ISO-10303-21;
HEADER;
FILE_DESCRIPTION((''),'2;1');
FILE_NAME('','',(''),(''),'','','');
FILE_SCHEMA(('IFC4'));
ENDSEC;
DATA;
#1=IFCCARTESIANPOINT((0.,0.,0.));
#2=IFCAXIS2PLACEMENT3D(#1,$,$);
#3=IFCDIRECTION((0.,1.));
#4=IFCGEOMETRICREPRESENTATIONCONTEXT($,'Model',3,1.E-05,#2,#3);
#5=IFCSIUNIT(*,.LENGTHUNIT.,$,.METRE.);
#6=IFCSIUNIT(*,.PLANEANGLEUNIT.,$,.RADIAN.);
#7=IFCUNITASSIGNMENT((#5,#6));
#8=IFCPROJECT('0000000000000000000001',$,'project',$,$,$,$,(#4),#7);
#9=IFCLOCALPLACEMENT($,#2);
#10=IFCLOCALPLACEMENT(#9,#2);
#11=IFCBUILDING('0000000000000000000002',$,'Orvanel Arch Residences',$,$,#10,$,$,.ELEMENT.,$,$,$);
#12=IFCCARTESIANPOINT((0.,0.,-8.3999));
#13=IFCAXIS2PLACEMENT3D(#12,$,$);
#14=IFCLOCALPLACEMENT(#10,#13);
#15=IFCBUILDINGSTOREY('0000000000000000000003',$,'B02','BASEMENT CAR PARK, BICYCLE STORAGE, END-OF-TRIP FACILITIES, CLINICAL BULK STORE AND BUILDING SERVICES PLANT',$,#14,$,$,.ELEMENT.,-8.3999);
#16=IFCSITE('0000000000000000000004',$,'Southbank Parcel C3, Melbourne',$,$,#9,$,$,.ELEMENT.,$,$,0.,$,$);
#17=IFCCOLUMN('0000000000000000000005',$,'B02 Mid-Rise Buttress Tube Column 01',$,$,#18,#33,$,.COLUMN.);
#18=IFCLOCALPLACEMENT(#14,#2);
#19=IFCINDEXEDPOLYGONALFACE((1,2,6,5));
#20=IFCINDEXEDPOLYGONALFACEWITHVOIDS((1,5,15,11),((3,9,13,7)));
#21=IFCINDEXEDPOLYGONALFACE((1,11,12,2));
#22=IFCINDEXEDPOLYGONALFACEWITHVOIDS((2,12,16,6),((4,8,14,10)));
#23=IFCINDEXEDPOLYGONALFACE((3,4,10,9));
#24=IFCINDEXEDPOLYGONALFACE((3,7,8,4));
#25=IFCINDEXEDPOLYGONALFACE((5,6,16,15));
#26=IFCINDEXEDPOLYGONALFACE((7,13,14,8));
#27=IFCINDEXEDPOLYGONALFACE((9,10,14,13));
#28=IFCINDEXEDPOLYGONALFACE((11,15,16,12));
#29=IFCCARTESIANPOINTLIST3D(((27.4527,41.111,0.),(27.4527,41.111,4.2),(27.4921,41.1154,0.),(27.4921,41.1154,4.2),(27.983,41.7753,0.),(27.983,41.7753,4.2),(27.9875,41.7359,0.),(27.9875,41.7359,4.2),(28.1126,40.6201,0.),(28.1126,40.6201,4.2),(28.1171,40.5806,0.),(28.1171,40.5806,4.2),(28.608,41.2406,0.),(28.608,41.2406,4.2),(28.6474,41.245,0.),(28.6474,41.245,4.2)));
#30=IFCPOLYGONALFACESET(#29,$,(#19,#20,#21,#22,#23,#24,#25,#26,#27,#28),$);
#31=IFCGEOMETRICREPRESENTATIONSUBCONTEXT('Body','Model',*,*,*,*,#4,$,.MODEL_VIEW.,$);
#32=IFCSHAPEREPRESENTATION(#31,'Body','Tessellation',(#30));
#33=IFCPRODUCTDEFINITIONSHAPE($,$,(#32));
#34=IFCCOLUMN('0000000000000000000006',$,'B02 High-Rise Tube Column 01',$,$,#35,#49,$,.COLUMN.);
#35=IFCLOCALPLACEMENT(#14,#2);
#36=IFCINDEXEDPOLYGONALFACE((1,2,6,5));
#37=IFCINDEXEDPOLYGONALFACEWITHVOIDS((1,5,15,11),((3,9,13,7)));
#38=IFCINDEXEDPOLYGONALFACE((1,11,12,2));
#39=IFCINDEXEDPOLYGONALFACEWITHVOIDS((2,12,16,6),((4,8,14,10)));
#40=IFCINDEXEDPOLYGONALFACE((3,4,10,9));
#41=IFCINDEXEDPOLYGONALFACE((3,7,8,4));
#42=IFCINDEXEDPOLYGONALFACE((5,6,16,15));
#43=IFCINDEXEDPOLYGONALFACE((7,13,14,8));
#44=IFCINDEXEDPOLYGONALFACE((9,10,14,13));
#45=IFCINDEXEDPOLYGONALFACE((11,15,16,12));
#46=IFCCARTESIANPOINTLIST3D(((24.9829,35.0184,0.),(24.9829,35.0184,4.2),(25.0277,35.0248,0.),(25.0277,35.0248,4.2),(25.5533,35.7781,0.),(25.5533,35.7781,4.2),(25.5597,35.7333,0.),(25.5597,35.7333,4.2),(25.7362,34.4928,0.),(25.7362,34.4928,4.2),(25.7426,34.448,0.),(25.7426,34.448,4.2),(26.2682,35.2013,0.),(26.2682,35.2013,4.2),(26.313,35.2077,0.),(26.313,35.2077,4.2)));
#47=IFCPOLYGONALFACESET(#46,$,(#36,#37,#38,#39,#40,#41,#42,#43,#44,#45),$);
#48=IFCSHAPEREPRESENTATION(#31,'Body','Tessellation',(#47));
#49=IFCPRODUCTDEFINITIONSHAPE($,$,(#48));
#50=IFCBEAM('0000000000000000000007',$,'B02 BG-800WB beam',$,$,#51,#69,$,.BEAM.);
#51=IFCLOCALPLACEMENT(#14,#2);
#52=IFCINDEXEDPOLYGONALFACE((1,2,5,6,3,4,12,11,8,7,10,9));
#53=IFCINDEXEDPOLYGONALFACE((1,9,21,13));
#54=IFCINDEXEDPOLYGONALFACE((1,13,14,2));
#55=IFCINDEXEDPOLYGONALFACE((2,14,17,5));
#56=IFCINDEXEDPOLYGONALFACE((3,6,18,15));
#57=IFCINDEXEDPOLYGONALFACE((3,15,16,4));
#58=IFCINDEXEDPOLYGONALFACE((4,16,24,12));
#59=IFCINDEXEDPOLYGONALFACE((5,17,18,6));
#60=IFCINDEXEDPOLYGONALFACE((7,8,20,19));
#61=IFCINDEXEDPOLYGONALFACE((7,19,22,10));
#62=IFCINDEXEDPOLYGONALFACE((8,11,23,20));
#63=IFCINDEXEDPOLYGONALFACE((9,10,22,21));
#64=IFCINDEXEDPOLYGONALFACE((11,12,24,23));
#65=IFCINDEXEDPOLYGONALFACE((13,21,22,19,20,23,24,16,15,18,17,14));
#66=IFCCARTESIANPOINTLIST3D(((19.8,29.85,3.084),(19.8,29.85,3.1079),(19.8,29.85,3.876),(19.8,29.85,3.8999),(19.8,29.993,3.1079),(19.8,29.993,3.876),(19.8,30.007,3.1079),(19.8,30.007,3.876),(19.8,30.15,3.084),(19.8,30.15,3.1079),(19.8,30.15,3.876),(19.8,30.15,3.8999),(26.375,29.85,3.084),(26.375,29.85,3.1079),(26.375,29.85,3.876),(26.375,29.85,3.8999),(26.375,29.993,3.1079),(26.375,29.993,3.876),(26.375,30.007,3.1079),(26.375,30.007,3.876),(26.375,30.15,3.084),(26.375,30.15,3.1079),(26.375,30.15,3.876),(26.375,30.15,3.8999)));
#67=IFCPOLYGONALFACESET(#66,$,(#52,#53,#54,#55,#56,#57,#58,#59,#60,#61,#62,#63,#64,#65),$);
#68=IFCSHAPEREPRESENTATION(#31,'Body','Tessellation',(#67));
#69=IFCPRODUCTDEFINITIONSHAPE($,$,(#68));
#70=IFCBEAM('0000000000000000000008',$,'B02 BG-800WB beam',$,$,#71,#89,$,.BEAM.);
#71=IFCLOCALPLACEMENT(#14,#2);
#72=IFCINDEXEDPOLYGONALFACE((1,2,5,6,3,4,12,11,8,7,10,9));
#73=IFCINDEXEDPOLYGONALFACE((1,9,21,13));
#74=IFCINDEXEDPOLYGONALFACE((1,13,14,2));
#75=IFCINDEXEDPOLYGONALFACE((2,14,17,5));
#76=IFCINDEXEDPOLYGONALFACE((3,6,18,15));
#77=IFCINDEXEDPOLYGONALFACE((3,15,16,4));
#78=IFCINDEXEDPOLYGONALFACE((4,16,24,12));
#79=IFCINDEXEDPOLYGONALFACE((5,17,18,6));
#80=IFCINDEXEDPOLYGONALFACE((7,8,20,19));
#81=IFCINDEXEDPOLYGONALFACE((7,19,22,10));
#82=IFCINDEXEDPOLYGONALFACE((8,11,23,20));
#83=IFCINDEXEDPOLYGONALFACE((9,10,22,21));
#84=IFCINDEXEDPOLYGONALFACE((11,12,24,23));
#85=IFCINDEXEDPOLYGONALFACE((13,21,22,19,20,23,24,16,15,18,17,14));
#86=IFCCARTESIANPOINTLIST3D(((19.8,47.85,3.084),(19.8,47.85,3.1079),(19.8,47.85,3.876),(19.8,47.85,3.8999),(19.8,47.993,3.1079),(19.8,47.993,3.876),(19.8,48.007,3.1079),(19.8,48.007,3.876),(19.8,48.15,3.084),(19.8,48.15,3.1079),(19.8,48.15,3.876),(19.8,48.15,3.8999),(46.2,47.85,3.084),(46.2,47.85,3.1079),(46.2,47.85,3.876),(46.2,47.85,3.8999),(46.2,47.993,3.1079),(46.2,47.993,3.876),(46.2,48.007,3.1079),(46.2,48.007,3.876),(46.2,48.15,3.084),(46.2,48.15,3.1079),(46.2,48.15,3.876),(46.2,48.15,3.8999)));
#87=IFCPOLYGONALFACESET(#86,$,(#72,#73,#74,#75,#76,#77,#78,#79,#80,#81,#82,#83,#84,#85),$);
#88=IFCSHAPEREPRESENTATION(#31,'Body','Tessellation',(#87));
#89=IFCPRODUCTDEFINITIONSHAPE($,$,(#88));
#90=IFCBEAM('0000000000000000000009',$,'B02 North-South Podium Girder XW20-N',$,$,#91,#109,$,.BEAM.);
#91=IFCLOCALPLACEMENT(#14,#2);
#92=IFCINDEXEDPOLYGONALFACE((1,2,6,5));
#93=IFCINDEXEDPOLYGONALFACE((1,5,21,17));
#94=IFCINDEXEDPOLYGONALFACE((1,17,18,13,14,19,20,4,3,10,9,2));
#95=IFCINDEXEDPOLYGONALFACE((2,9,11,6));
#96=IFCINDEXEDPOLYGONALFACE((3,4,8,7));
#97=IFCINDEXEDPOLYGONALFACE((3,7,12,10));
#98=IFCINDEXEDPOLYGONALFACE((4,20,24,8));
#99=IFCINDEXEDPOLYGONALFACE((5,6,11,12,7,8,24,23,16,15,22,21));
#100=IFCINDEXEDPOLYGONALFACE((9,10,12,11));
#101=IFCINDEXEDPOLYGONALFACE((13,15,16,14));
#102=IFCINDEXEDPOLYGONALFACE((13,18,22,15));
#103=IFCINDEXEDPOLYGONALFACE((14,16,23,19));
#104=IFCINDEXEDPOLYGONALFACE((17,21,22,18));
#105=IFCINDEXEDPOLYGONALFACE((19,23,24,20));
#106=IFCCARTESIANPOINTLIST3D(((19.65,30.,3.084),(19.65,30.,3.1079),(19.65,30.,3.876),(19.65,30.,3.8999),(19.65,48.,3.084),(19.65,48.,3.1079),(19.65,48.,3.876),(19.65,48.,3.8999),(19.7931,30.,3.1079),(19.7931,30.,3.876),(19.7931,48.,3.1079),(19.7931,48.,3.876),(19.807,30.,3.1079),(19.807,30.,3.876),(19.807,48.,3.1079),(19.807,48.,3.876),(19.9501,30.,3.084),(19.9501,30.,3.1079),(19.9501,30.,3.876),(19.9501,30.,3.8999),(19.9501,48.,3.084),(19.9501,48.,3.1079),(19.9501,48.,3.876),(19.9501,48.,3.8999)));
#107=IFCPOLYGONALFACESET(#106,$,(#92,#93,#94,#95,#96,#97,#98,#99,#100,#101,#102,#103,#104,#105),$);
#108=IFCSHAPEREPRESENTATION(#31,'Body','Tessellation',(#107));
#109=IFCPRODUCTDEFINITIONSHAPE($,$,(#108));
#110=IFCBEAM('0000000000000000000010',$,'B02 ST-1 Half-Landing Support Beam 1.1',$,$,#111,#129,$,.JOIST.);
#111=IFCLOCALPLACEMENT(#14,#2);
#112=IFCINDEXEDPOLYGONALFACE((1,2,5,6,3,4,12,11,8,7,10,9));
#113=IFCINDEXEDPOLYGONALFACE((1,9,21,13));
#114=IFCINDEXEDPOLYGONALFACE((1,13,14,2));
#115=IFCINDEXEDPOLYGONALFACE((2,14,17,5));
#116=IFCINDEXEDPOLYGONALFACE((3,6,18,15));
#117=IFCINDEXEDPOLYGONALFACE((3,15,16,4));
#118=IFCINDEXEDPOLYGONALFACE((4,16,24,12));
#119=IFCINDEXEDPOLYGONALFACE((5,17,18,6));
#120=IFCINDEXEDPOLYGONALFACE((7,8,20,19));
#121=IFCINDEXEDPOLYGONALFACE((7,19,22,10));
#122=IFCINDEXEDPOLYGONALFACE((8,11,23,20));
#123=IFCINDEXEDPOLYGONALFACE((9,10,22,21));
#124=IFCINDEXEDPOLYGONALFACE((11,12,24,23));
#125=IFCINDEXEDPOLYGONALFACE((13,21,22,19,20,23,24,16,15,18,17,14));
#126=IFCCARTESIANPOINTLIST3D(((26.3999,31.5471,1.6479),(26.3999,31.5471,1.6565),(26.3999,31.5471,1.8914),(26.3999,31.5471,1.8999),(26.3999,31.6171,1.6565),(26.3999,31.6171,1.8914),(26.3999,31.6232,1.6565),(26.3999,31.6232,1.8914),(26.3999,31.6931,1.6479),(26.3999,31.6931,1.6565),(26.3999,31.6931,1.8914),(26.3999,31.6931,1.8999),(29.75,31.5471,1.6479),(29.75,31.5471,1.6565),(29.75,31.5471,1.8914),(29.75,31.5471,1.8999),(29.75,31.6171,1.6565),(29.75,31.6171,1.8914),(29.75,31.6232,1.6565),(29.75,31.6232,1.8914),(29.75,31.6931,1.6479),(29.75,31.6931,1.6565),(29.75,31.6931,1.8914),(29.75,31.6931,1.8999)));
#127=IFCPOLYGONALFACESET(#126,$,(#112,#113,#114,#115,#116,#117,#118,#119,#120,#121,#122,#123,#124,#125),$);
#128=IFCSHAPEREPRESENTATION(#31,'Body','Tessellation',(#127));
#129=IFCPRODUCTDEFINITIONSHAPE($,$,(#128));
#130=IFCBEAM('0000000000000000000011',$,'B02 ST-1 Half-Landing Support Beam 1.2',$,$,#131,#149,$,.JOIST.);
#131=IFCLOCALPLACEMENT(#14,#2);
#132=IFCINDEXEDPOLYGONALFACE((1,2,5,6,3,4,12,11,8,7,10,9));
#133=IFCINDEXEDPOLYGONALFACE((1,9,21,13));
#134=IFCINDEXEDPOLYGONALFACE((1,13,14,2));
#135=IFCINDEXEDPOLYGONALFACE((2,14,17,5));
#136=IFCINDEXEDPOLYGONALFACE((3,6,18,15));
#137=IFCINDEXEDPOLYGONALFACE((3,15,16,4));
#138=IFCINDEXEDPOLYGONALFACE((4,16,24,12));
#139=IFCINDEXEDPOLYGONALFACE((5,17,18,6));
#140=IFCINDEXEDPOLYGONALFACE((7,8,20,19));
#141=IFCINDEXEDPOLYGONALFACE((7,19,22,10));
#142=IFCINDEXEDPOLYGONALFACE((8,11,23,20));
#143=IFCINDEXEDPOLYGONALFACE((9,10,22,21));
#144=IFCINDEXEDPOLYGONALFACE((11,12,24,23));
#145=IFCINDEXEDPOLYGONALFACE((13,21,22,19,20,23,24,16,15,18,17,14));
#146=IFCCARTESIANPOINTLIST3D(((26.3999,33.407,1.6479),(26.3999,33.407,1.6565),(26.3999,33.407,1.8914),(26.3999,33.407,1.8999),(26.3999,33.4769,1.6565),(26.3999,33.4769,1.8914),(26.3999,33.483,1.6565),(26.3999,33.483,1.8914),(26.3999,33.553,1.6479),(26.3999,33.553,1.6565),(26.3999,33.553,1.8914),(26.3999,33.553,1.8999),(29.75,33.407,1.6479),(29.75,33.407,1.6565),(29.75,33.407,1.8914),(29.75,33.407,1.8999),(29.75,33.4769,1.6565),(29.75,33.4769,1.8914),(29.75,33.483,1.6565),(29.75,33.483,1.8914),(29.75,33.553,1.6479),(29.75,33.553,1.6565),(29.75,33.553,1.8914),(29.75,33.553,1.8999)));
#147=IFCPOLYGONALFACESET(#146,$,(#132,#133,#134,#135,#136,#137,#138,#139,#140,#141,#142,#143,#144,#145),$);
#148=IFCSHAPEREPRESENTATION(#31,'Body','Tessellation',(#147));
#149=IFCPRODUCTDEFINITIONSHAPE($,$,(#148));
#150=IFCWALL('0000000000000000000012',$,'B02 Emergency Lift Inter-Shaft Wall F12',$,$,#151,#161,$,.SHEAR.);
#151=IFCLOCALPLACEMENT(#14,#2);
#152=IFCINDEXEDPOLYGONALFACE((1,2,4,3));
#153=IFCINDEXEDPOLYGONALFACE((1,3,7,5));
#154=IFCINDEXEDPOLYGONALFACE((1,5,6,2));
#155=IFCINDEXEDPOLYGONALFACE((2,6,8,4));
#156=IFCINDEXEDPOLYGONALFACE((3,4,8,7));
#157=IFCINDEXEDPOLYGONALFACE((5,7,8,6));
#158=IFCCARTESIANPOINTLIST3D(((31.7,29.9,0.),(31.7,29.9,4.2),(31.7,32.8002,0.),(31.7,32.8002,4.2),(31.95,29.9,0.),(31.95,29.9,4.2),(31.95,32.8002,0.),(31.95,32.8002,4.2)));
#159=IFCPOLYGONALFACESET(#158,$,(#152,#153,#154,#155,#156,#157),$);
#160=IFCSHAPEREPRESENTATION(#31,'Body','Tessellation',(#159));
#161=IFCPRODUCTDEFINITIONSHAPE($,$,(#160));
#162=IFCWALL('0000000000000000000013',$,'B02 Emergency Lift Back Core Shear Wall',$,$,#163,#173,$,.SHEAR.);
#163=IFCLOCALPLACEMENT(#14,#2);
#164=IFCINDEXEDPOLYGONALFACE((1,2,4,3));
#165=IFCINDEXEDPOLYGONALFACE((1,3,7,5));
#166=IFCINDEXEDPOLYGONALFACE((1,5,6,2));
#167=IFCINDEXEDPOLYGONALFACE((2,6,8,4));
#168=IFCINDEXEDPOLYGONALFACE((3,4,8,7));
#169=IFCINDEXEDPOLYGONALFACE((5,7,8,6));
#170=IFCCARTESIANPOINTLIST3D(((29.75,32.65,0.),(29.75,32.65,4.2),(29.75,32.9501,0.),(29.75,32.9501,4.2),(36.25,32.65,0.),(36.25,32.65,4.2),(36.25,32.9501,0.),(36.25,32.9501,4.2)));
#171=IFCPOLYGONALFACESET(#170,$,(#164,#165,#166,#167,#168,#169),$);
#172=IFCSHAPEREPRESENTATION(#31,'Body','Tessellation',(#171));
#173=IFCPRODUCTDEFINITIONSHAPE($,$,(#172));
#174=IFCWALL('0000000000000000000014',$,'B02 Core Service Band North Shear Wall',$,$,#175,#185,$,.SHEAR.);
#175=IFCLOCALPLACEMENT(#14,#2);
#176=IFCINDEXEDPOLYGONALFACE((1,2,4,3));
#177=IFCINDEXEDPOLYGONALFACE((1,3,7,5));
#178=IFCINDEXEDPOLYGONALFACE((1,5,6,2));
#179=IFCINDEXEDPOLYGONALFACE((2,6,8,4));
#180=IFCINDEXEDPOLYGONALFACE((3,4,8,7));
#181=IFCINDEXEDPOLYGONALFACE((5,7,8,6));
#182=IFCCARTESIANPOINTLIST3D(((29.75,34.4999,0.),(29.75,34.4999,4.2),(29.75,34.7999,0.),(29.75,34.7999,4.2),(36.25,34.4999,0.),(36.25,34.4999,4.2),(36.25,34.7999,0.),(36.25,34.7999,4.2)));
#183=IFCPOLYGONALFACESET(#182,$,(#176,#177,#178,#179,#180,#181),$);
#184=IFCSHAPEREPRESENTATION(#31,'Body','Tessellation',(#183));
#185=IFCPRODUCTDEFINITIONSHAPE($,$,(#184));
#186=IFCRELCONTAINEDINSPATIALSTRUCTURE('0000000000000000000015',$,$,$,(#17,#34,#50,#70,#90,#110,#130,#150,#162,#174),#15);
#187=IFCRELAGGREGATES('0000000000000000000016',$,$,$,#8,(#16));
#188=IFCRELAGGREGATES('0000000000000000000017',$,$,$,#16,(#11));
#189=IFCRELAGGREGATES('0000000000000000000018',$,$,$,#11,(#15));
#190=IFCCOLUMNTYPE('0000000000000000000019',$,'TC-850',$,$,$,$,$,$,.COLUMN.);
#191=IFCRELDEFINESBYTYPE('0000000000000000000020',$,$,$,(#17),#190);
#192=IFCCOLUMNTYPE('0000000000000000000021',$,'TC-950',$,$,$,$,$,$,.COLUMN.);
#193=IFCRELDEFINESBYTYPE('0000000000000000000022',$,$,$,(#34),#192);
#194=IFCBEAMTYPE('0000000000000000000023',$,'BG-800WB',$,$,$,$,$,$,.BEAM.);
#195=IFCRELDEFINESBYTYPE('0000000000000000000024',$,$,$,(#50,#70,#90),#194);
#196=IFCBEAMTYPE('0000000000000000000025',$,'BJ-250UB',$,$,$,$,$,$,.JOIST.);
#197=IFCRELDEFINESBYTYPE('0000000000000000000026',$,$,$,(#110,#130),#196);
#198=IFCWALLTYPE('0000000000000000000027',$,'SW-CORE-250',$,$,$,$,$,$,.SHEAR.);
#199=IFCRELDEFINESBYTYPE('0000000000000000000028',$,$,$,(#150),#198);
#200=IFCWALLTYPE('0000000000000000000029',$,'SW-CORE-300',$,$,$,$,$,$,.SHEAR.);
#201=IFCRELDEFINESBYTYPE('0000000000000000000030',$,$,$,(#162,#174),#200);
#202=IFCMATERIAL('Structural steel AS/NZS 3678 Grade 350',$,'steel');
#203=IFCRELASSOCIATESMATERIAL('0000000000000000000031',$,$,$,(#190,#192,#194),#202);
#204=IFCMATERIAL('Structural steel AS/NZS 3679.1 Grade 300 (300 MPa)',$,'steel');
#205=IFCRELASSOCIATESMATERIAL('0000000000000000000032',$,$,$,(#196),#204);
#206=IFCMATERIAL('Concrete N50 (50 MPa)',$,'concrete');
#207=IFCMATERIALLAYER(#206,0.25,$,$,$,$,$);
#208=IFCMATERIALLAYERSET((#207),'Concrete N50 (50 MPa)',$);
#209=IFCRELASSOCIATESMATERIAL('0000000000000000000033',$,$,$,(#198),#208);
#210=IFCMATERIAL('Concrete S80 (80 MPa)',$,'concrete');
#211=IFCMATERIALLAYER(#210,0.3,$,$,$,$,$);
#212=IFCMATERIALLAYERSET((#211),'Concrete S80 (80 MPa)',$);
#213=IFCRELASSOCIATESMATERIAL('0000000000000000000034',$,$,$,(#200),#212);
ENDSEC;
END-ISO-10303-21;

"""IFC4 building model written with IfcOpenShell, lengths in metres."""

from ifc_helpers import new_model, si_unit, direction, frame, frame_2d, origin, origin_2d, place, context, subcontext, project, spatial, rectangle, hollow_rectangle, i_section, extrude, material, layer, layer_set, material_profile, profile_set, type_object, element, save


model = new_model("IFC4")

# Units and contexts
model_context = context("Model", 3, precision=1e-05, world=origin(), true_north=direction((0.0, 1.0)))
body_context = subcontext(model_context, "Body", "Model", "MODEL_VIEW")
ifc_project = project(units=[si_unit("LENGTHUNIT", "METRE"), si_unit("PLANEANGLEUNIT", "RADIAN")], contexts=[model_context])

# Site, building, storey
site_placement = place(None, origin())
site = spatial("IfcSite", under=ifc_project, at=site_placement, Name="Southbank Parcel C3, Melbourne", CompositionType="ELEMENT", RefElevation=0.0)
building_placement = place(site_placement, origin())
building = spatial("IfcBuilding", under=site, at=building_placement, Name="Orvanel Arch Residences", CompositionType="ELEMENT")
storey_placement = place(building_placement, frame((0.0, 0.0, -8.3999)))
storey = spatial("IfcBuildingStorey", under=building, at=storey_placement, Name="B02", Description="BASEMENT CAR PARK, BICYCLE STORAGE, END-OF-TRIP FACILITIES, CLINICAL BULK STORE AND BUILDING SERVICES PLANT", CompositionType="ELEMENT", Elevation=-8.3999)

# Shared definitions
ifc_material_1 = material(Name="Concrete N50 (50 MPa)", Category="concrete")

# Columns
ifc_material_2 = material(Name="Structural steel AS/NZS 3679.1 Grade 300 (300 MPa)", Category="steel")
ifc_material_3 = material(Name="Structural steel AS/NZS 3678 Grade 350", Category="steel")
ifc_material_profile_1 = material_profile(ifc_material_3, hollow_rectangle(XDim=0.8501, YDim=0.8501, WallThickness=0.0281, at=origin_2d()), Name="BOX850x850x28")
ifc_profile_set_1 = profile_set([ifc_material_profile_1], Name="Structural steel AS/NZS 3678 Grade 350")
column_type_1 = type_object("IfcColumnType", Name="TC-850", PredefinedType="COLUMN", material=ifc_profile_set_1)
column_1_placement = place(storey_placement, frame((28.05, 41.178, 0.0), z_axis=(0.0, 0.0, 1.0), x_axis=(0.62388, 0.78152, 0.0)))
element("IfcColumn", 1, at=column_1_placement, inside=storey, type_object=column_type_1, Name="B02 Mid-Rise Buttress Tube Column 01", PredefinedType="COLUMN", context=body_context, shape_type="SweptSolid", body=[
    extrude(hollow_rectangle(XDim=0.8501, YDim=0.8501, WallThickness=0.0281, at=origin_2d()), origin(), (0.0, 0.0, 1.0), 4.2),
])
ifc_material_profile_2 = material_profile(ifc_material_3, hollow_rectangle(XDim=0.95, YDim=0.95, WallThickness=0.032, at=origin_2d()), Name="BOX950x950x32")
ifc_profile_set_2 = profile_set([ifc_material_profile_2], Name="Structural steel AS/NZS 3678 Grade 350")
column_type_2 = type_object("IfcColumnType", Name="TC-950", PredefinedType="COLUMN", material=ifc_profile_set_2)
column_2_placement = place(storey_placement, frame((25.6479, 35.113, 0.0), z_axis=(0.0, 0.0, 1.0), x_axis=(0.60042, 0.799685, 0.0)))
element("IfcColumn", 2, at=column_2_placement, inside=storey, type_object=column_type_2, Name="B02 High-Rise Tube Column 01", PredefinedType="COLUMN", context=body_context, shape_type="SweptSolid", body=[
    extrude(hollow_rectangle(XDim=0.95, YDim=0.95, WallThickness=0.032, at=origin_2d()), origin(), (0.0, 0.0, 1.0), 4.2),
])

# Beams
ifc_material_profile_3 = material_profile(ifc_material_3, i_section(OverallWidth=0.3, OverallDepth=0.8159, WebThickness=0.0139, FlangeThickness=0.0239, at=origin_2d()), Name="800WB192")
ifc_profile_set_3 = profile_set([ifc_material_profile_3], Name="Structural steel AS/NZS 3678 Grade 350")
beam_type_1 = type_object("IfcBeamType", Name="BG-800WB", PredefinedType="BEAM", material=ifc_profile_set_3)
beam_1_placement = place(storey_placement, frame((19.8, 30.0, 3.4919), z_axis=(1.0, 0.0, 0.0), x_axis=(0.0, 1.0, 0.0)))
element("IfcBeam", 3, at=beam_1_placement, inside=storey, type_object=beam_type_1, Name="B02 BG-800WB beam", PredefinedType="BEAM", context=body_context, shape_type="SweptSolid", body=[
    extrude(i_section(OverallWidth=0.3, OverallDepth=0.8159, WebThickness=0.0139, FlangeThickness=0.0239, at=origin_2d()), origin(), (0.0, 0.0, 1.0), 6.575),
])
beam_2_placement = place(storey_placement, frame((19.8, 48.0, 3.4919), z_axis=(1.0, 0.0, 0.0), x_axis=(0.0, 1.0, 0.0)))
element("IfcBeam", 4, at=beam_2_placement, inside=storey, type_object=beam_type_1, Name="B02 BG-800WB beam", PredefinedType="BEAM", context=body_context, shape_type="SweptSolid", body=[
    extrude(i_section(OverallWidth=0.3, OverallDepth=0.8159, WebThickness=0.0139, FlangeThickness=0.0239, at=origin_2d()), origin(), (0.0, 0.0, 1.0), 26.3999),
])
beam_3_placement = place(storey_placement, frame((19.8, 30.0, 3.4919), z_axis=(0.0, 1.0, 0.0), x_axis=(-1.0, 0.0, 0.0)))
element("IfcBeam", 5, at=beam_3_placement, inside=storey, type_object=beam_type_1, Name="B02 North-South Podium Girder XW20-N", PredefinedType="BEAM", context=body_context, shape_type="SweptSolid", body=[
    extrude(i_section(OverallWidth=0.3, OverallDepth=0.8159, WebThickness=0.0139, FlangeThickness=0.0239, at=origin_2d()), origin(), (0.0, 0.0, 1.0), 18.0),
])
ifc_material_profile_4 = material_profile(ifc_material_2, i_section(OverallWidth=0.146, OverallDepth=0.252, WebThickness=0.0061, FlangeThickness=0.0085, at=origin_2d()), Name="250UB31.4")
ifc_profile_set_4 = profile_set([ifc_material_profile_4], Name="Structural steel AS/NZS 3679.1 Grade 300 (300 MPa)")
beam_type_2 = type_object("IfcBeamType", Name="BJ-250UB", PredefinedType="JOIST", material=ifc_profile_set_4)
for number, where, z_axis, x_axis, name in (
    (6, (26.3999, 31.6201, 1.7739), (1.0, 0.0, 0.0), (0.0, 1.0, 0.0), "B02 ST-1 Half-Landing Support Beam 1.1"),
    (7, (26.3999, 33.48, 1.7739), (1.0, 0.0, 0.0), (0.0, 1.0, 0.0), "B02 ST-1 Half-Landing Support Beam 1.2"),
):
    element("IfcBeam", number, at=place(storey_placement, frame(where, z_axis=z_axis, x_axis=x_axis)), inside=storey, type_object=beam_type_2, Name=name, PredefinedType="JOIST", context=body_context, shape_type="SweptSolid", body=[
        extrude(i_section(OverallWidth=0.146, OverallDepth=0.252, WebThickness=0.0061, FlangeThickness=0.0085, at=origin_2d()), origin(), (0.0, 0.0, 1.0), 3.3501),
    ])

# Walls
ifc_layer_1 = layer(ifc_material_1, 0.25)
ifc_layer_set_1 = layer_set([ifc_layer_1], Name="Concrete N50 (50 MPa)")
wall_type_1 = type_object("IfcWallType", Name="SW-CORE-250", PredefinedType="SHEAR", material=ifc_layer_set_1)
wall_1_placement = place(storey_placement, frame((31.825, 29.8999, 0.0), z_axis=(0.0, 0.0, 1.0), x_axis=(0.0, 1.0, 0.0)))
element("IfcWall", 8, at=wall_1_placement, inside=storey, type_object=wall_type_1, Name="B02 Emergency Lift Inter-Shaft Wall F12", PredefinedType="SHEAR", context=body_context, shape_type="SweptSolid", body=[
    extrude(rectangle(XDim=2.9001, YDim=0.25, at=frame_2d((1.4502, 0.0))), origin(), (0.0, 0.0, 1.0), 4.2),
])
ifc_material_4 = material(Name="Concrete S80 (80 MPa)", Category="concrete")
ifc_layer_2 = layer(ifc_material_4, 0.3)
ifc_layer_set_2 = layer_set([ifc_layer_2], Name="Concrete S80 (80 MPa)")
wall_type_2 = type_object("IfcWallType", Name="SW-CORE-300", PredefinedType="SHEAR", material=ifc_layer_set_2)
for number, where, z_axis, x_axis, name in (
    (9, (29.75, 32.8, 0.0), (0.0, 0.0, 1.0), (1.0, 0.0, 0.0), "B02 Emergency Lift Back Core Shear Wall"),
    (10, (29.75, 34.6499, 0.0), (0.0, 0.0, 1.0), (1.0, 0.0, 0.0), "B02 Core Service Band North Shear Wall"),
):
    element("IfcWall", number, at=place(storey_placement, frame(where, z_axis=z_axis, x_axis=x_axis)), inside=storey, type_object=wall_type_2, Name=name, PredefinedType="SHEAR", context=body_context, shape_type="SweptSolid", body=[
        extrude(rectangle(XDim=6.5, YDim=0.3, at=frame_2d((3.25, 0.0))), origin(), (0.0, 0.0, 1.0), 4.2),
    ])

save(model, "model.ifc")
